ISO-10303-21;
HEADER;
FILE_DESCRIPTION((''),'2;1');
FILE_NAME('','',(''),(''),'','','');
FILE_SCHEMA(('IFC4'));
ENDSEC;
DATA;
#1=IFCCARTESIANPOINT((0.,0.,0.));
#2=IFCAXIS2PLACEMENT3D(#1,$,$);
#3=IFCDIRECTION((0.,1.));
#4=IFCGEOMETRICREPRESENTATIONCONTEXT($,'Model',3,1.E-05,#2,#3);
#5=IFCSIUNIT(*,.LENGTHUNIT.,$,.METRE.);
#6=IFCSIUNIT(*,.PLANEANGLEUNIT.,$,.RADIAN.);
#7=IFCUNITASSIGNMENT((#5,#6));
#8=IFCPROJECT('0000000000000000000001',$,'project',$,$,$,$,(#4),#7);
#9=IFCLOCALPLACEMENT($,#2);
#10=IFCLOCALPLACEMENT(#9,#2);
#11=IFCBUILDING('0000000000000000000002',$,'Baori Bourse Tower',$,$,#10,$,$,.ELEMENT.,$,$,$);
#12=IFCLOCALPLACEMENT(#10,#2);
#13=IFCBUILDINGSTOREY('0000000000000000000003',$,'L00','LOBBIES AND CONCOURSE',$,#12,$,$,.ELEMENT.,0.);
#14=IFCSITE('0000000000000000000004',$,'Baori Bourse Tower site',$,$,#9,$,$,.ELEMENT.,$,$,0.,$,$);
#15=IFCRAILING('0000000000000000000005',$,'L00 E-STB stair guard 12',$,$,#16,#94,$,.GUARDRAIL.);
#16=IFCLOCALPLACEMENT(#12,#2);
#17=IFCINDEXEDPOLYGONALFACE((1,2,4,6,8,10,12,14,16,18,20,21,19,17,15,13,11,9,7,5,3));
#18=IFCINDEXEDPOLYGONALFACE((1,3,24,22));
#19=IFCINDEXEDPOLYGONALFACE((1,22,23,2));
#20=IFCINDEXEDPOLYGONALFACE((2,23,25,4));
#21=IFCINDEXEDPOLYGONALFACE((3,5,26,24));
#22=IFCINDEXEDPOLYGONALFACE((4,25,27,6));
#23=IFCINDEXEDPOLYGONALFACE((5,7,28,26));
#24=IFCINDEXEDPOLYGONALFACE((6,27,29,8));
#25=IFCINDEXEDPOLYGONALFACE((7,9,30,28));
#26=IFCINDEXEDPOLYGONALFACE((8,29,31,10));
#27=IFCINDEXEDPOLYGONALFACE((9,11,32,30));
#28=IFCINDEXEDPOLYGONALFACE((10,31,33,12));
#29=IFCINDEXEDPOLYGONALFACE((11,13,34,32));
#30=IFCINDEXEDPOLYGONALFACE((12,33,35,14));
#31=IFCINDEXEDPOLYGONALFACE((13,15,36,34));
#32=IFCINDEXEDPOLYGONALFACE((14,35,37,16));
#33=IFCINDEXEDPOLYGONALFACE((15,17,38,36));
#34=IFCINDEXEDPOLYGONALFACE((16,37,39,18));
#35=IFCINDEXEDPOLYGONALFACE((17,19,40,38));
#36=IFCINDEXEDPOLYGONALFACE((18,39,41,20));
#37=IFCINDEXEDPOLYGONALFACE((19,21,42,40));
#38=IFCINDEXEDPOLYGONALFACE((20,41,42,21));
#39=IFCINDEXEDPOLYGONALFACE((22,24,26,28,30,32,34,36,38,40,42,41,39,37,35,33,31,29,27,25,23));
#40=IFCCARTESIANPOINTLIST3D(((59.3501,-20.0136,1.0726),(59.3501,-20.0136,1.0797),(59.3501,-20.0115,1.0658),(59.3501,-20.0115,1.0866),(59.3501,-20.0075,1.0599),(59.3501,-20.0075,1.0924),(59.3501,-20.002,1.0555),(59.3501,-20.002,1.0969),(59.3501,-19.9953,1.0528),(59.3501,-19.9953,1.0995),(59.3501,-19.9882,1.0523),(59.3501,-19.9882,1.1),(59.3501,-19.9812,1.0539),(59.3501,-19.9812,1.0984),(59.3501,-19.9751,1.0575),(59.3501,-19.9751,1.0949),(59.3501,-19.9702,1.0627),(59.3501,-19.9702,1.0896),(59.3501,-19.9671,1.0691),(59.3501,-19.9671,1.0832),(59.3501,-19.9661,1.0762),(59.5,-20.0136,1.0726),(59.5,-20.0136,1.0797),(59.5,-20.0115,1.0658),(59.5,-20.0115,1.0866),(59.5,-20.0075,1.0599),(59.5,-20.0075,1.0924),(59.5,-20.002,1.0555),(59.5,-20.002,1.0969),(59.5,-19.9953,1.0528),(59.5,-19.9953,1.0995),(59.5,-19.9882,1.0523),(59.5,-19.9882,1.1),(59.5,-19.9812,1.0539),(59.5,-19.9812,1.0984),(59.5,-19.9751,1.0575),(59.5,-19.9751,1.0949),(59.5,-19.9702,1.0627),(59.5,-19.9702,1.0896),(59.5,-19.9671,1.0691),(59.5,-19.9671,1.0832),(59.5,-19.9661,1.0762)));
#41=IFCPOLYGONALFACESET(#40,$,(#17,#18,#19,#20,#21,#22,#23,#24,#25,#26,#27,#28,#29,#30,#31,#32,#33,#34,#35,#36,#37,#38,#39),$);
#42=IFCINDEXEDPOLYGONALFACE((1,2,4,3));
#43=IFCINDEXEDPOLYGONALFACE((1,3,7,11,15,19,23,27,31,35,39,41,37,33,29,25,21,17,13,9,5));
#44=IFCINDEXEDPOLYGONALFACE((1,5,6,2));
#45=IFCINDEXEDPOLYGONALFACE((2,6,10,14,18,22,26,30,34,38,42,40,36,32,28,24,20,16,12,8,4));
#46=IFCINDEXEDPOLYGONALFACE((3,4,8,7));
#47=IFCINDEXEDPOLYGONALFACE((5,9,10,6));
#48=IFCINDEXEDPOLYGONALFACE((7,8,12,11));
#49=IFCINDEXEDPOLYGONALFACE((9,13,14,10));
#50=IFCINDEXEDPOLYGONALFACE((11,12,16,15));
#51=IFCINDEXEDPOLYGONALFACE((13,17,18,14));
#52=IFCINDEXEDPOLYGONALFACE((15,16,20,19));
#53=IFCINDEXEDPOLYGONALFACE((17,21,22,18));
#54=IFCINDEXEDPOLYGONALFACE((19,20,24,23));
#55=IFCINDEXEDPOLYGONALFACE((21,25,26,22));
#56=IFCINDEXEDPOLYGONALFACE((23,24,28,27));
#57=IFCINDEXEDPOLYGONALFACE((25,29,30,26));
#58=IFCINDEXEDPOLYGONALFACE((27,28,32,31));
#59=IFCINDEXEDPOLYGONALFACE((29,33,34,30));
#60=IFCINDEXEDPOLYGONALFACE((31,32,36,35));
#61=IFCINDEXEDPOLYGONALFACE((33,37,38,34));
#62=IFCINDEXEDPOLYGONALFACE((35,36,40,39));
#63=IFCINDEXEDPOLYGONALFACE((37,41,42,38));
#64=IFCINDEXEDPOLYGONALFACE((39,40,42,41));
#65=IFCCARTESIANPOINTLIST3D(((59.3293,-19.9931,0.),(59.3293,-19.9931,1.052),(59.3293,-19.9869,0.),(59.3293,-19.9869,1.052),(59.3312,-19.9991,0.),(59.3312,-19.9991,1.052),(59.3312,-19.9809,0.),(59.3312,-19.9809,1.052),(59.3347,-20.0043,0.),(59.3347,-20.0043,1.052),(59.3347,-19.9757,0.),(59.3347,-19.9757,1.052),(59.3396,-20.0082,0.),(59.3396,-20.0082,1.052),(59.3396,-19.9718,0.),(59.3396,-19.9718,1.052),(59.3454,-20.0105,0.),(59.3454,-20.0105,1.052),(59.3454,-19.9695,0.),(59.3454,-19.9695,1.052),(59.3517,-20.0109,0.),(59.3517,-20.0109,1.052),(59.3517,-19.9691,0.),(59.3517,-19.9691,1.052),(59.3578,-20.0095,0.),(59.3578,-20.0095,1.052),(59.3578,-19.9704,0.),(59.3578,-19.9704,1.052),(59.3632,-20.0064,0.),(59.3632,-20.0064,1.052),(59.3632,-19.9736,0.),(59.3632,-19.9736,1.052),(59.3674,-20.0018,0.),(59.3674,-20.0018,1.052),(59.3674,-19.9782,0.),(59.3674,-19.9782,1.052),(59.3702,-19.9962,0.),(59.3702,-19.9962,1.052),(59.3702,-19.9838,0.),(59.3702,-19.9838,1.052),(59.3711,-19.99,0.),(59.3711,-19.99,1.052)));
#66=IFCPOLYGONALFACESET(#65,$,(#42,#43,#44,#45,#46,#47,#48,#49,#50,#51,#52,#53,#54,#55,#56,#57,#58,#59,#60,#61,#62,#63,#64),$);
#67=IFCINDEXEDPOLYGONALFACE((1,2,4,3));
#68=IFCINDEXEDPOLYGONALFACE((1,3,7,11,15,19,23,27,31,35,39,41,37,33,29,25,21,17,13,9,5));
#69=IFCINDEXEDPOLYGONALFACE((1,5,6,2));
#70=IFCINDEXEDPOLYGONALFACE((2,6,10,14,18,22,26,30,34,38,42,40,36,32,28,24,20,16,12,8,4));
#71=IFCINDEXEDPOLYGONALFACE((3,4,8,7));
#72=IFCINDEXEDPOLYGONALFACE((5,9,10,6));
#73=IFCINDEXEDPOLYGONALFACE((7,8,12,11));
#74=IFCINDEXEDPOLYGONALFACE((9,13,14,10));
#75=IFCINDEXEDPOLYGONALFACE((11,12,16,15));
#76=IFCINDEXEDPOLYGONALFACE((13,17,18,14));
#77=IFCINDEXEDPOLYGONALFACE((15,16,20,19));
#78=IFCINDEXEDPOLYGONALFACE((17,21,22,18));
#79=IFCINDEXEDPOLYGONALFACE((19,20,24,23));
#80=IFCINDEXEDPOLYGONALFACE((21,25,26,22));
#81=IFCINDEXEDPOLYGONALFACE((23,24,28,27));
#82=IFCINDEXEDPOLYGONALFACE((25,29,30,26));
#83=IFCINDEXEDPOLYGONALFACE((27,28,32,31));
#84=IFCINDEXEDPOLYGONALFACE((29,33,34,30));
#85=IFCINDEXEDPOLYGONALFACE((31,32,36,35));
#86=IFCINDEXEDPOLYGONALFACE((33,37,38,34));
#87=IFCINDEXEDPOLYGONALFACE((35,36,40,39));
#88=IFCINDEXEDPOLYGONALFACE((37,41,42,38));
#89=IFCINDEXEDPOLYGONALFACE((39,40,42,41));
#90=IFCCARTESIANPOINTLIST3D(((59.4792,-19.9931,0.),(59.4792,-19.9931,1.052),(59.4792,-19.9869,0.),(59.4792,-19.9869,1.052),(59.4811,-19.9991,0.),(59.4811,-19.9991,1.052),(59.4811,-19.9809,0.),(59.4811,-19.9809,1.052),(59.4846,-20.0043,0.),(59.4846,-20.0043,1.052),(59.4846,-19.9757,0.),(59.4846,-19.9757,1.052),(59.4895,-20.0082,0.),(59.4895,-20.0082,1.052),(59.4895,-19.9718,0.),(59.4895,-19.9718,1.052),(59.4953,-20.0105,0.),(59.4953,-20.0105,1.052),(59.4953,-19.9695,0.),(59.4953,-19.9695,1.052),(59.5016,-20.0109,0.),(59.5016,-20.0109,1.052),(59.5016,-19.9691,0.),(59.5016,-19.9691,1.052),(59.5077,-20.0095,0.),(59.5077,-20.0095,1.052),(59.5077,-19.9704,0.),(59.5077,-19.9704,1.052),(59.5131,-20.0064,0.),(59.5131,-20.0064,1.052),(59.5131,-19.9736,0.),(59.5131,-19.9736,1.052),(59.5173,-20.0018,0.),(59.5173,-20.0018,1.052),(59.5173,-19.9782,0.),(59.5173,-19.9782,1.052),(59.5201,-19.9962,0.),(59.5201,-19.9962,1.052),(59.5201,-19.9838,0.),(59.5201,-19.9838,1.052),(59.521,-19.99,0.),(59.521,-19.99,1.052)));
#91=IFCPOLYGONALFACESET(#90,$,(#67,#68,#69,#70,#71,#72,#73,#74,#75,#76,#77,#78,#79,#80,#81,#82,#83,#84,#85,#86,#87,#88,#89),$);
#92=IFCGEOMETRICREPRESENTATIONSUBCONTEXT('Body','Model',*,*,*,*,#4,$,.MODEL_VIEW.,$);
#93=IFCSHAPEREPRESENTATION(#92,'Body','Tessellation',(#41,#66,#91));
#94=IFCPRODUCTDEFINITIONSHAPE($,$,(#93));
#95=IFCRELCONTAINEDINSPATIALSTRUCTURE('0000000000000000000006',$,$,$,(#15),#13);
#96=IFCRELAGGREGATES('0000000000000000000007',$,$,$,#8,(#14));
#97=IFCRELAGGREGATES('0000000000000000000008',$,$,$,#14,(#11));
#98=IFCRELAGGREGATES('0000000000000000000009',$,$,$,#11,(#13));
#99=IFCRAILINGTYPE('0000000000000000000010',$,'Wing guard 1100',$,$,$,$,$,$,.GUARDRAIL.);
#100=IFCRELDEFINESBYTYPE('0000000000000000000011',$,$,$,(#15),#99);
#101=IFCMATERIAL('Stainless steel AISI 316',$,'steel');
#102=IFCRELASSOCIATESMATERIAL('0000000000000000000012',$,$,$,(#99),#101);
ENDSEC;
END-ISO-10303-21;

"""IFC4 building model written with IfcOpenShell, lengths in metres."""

from ifc_helpers import new_model, si_unit, direction, frame, origin, origin_2d, place, context, subcontext, project, spatial, circle, extrude, material, type_object, element, save


model = new_model("IFC4")

# Units and contexts
model_context = context("Model", 3, precision=1e-05, world=origin(), true_north=direction((0.0, 1.0)))
body_context = subcontext(model_context, "Body", "Model", "MODEL_VIEW")
ifc_project = project(units=[si_unit("LENGTHUNIT", "METRE"), si_unit("PLANEANGLEUNIT", "RADIAN")], contexts=[model_context])

# Site, building, storey
site_placement = place(None, origin())
site = spatial("IfcSite", under=ifc_project, at=site_placement, Name="Baori Bourse Tower site", CompositionType="ELEMENT", RefElevation=0.0)
building_placement = place(site_placement, origin())
building = spatial("IfcBuilding", under=site, at=building_placement, Name="Baori Bourse Tower", CompositionType="ELEMENT")
storey_placement = place(building_placement, origin())
storey = spatial("IfcBuildingStorey", under=building, at=storey_placement, Name="L00", Description="LOBBIES AND CONCOURSE", CompositionType="ELEMENT", Elevation=0.0)

# Railing
ifc_material_1 = material(Name="Stainless steel AISI 316", Category="steel")
railing_type_1 = type_object("IfcRailingType", Name="Wing guard 1100", PredefinedType="GUARDRAIL", material=ifc_material_1)
railing_1_placement = place(storey_placement, frame((59.3501, -19.99, 0.0)))
element("IfcRailing", 1, at=railing_1_placement, inside=storey, type_object=railing_type_1, Name="L00 E-STB stair guard 12", PredefinedType="GUARDRAIL", context=body_context, shape_type="SweptSolid", body=[
    extrude(circle(Radius=0.0239, at=origin_2d()), frame((0.0, 0.0, 1.0762), z_axis=(1.0, 0.0, 0.0), x_axis=(0.0, 1.0, 0.0)), (0.0, 0.0, 1.0), 0.1499),
    extrude(circle(Radius=0.021, at=origin_2d()), origin(), (0.0, 0.0, 1.0), 1.052),
    extrude(circle(Radius=0.021, at=origin_2d()), frame((0.1499, 0.0, 0.0)), (0.0, 0.0, 1.0), 1.052),
])

save(model, "model.ifc")
